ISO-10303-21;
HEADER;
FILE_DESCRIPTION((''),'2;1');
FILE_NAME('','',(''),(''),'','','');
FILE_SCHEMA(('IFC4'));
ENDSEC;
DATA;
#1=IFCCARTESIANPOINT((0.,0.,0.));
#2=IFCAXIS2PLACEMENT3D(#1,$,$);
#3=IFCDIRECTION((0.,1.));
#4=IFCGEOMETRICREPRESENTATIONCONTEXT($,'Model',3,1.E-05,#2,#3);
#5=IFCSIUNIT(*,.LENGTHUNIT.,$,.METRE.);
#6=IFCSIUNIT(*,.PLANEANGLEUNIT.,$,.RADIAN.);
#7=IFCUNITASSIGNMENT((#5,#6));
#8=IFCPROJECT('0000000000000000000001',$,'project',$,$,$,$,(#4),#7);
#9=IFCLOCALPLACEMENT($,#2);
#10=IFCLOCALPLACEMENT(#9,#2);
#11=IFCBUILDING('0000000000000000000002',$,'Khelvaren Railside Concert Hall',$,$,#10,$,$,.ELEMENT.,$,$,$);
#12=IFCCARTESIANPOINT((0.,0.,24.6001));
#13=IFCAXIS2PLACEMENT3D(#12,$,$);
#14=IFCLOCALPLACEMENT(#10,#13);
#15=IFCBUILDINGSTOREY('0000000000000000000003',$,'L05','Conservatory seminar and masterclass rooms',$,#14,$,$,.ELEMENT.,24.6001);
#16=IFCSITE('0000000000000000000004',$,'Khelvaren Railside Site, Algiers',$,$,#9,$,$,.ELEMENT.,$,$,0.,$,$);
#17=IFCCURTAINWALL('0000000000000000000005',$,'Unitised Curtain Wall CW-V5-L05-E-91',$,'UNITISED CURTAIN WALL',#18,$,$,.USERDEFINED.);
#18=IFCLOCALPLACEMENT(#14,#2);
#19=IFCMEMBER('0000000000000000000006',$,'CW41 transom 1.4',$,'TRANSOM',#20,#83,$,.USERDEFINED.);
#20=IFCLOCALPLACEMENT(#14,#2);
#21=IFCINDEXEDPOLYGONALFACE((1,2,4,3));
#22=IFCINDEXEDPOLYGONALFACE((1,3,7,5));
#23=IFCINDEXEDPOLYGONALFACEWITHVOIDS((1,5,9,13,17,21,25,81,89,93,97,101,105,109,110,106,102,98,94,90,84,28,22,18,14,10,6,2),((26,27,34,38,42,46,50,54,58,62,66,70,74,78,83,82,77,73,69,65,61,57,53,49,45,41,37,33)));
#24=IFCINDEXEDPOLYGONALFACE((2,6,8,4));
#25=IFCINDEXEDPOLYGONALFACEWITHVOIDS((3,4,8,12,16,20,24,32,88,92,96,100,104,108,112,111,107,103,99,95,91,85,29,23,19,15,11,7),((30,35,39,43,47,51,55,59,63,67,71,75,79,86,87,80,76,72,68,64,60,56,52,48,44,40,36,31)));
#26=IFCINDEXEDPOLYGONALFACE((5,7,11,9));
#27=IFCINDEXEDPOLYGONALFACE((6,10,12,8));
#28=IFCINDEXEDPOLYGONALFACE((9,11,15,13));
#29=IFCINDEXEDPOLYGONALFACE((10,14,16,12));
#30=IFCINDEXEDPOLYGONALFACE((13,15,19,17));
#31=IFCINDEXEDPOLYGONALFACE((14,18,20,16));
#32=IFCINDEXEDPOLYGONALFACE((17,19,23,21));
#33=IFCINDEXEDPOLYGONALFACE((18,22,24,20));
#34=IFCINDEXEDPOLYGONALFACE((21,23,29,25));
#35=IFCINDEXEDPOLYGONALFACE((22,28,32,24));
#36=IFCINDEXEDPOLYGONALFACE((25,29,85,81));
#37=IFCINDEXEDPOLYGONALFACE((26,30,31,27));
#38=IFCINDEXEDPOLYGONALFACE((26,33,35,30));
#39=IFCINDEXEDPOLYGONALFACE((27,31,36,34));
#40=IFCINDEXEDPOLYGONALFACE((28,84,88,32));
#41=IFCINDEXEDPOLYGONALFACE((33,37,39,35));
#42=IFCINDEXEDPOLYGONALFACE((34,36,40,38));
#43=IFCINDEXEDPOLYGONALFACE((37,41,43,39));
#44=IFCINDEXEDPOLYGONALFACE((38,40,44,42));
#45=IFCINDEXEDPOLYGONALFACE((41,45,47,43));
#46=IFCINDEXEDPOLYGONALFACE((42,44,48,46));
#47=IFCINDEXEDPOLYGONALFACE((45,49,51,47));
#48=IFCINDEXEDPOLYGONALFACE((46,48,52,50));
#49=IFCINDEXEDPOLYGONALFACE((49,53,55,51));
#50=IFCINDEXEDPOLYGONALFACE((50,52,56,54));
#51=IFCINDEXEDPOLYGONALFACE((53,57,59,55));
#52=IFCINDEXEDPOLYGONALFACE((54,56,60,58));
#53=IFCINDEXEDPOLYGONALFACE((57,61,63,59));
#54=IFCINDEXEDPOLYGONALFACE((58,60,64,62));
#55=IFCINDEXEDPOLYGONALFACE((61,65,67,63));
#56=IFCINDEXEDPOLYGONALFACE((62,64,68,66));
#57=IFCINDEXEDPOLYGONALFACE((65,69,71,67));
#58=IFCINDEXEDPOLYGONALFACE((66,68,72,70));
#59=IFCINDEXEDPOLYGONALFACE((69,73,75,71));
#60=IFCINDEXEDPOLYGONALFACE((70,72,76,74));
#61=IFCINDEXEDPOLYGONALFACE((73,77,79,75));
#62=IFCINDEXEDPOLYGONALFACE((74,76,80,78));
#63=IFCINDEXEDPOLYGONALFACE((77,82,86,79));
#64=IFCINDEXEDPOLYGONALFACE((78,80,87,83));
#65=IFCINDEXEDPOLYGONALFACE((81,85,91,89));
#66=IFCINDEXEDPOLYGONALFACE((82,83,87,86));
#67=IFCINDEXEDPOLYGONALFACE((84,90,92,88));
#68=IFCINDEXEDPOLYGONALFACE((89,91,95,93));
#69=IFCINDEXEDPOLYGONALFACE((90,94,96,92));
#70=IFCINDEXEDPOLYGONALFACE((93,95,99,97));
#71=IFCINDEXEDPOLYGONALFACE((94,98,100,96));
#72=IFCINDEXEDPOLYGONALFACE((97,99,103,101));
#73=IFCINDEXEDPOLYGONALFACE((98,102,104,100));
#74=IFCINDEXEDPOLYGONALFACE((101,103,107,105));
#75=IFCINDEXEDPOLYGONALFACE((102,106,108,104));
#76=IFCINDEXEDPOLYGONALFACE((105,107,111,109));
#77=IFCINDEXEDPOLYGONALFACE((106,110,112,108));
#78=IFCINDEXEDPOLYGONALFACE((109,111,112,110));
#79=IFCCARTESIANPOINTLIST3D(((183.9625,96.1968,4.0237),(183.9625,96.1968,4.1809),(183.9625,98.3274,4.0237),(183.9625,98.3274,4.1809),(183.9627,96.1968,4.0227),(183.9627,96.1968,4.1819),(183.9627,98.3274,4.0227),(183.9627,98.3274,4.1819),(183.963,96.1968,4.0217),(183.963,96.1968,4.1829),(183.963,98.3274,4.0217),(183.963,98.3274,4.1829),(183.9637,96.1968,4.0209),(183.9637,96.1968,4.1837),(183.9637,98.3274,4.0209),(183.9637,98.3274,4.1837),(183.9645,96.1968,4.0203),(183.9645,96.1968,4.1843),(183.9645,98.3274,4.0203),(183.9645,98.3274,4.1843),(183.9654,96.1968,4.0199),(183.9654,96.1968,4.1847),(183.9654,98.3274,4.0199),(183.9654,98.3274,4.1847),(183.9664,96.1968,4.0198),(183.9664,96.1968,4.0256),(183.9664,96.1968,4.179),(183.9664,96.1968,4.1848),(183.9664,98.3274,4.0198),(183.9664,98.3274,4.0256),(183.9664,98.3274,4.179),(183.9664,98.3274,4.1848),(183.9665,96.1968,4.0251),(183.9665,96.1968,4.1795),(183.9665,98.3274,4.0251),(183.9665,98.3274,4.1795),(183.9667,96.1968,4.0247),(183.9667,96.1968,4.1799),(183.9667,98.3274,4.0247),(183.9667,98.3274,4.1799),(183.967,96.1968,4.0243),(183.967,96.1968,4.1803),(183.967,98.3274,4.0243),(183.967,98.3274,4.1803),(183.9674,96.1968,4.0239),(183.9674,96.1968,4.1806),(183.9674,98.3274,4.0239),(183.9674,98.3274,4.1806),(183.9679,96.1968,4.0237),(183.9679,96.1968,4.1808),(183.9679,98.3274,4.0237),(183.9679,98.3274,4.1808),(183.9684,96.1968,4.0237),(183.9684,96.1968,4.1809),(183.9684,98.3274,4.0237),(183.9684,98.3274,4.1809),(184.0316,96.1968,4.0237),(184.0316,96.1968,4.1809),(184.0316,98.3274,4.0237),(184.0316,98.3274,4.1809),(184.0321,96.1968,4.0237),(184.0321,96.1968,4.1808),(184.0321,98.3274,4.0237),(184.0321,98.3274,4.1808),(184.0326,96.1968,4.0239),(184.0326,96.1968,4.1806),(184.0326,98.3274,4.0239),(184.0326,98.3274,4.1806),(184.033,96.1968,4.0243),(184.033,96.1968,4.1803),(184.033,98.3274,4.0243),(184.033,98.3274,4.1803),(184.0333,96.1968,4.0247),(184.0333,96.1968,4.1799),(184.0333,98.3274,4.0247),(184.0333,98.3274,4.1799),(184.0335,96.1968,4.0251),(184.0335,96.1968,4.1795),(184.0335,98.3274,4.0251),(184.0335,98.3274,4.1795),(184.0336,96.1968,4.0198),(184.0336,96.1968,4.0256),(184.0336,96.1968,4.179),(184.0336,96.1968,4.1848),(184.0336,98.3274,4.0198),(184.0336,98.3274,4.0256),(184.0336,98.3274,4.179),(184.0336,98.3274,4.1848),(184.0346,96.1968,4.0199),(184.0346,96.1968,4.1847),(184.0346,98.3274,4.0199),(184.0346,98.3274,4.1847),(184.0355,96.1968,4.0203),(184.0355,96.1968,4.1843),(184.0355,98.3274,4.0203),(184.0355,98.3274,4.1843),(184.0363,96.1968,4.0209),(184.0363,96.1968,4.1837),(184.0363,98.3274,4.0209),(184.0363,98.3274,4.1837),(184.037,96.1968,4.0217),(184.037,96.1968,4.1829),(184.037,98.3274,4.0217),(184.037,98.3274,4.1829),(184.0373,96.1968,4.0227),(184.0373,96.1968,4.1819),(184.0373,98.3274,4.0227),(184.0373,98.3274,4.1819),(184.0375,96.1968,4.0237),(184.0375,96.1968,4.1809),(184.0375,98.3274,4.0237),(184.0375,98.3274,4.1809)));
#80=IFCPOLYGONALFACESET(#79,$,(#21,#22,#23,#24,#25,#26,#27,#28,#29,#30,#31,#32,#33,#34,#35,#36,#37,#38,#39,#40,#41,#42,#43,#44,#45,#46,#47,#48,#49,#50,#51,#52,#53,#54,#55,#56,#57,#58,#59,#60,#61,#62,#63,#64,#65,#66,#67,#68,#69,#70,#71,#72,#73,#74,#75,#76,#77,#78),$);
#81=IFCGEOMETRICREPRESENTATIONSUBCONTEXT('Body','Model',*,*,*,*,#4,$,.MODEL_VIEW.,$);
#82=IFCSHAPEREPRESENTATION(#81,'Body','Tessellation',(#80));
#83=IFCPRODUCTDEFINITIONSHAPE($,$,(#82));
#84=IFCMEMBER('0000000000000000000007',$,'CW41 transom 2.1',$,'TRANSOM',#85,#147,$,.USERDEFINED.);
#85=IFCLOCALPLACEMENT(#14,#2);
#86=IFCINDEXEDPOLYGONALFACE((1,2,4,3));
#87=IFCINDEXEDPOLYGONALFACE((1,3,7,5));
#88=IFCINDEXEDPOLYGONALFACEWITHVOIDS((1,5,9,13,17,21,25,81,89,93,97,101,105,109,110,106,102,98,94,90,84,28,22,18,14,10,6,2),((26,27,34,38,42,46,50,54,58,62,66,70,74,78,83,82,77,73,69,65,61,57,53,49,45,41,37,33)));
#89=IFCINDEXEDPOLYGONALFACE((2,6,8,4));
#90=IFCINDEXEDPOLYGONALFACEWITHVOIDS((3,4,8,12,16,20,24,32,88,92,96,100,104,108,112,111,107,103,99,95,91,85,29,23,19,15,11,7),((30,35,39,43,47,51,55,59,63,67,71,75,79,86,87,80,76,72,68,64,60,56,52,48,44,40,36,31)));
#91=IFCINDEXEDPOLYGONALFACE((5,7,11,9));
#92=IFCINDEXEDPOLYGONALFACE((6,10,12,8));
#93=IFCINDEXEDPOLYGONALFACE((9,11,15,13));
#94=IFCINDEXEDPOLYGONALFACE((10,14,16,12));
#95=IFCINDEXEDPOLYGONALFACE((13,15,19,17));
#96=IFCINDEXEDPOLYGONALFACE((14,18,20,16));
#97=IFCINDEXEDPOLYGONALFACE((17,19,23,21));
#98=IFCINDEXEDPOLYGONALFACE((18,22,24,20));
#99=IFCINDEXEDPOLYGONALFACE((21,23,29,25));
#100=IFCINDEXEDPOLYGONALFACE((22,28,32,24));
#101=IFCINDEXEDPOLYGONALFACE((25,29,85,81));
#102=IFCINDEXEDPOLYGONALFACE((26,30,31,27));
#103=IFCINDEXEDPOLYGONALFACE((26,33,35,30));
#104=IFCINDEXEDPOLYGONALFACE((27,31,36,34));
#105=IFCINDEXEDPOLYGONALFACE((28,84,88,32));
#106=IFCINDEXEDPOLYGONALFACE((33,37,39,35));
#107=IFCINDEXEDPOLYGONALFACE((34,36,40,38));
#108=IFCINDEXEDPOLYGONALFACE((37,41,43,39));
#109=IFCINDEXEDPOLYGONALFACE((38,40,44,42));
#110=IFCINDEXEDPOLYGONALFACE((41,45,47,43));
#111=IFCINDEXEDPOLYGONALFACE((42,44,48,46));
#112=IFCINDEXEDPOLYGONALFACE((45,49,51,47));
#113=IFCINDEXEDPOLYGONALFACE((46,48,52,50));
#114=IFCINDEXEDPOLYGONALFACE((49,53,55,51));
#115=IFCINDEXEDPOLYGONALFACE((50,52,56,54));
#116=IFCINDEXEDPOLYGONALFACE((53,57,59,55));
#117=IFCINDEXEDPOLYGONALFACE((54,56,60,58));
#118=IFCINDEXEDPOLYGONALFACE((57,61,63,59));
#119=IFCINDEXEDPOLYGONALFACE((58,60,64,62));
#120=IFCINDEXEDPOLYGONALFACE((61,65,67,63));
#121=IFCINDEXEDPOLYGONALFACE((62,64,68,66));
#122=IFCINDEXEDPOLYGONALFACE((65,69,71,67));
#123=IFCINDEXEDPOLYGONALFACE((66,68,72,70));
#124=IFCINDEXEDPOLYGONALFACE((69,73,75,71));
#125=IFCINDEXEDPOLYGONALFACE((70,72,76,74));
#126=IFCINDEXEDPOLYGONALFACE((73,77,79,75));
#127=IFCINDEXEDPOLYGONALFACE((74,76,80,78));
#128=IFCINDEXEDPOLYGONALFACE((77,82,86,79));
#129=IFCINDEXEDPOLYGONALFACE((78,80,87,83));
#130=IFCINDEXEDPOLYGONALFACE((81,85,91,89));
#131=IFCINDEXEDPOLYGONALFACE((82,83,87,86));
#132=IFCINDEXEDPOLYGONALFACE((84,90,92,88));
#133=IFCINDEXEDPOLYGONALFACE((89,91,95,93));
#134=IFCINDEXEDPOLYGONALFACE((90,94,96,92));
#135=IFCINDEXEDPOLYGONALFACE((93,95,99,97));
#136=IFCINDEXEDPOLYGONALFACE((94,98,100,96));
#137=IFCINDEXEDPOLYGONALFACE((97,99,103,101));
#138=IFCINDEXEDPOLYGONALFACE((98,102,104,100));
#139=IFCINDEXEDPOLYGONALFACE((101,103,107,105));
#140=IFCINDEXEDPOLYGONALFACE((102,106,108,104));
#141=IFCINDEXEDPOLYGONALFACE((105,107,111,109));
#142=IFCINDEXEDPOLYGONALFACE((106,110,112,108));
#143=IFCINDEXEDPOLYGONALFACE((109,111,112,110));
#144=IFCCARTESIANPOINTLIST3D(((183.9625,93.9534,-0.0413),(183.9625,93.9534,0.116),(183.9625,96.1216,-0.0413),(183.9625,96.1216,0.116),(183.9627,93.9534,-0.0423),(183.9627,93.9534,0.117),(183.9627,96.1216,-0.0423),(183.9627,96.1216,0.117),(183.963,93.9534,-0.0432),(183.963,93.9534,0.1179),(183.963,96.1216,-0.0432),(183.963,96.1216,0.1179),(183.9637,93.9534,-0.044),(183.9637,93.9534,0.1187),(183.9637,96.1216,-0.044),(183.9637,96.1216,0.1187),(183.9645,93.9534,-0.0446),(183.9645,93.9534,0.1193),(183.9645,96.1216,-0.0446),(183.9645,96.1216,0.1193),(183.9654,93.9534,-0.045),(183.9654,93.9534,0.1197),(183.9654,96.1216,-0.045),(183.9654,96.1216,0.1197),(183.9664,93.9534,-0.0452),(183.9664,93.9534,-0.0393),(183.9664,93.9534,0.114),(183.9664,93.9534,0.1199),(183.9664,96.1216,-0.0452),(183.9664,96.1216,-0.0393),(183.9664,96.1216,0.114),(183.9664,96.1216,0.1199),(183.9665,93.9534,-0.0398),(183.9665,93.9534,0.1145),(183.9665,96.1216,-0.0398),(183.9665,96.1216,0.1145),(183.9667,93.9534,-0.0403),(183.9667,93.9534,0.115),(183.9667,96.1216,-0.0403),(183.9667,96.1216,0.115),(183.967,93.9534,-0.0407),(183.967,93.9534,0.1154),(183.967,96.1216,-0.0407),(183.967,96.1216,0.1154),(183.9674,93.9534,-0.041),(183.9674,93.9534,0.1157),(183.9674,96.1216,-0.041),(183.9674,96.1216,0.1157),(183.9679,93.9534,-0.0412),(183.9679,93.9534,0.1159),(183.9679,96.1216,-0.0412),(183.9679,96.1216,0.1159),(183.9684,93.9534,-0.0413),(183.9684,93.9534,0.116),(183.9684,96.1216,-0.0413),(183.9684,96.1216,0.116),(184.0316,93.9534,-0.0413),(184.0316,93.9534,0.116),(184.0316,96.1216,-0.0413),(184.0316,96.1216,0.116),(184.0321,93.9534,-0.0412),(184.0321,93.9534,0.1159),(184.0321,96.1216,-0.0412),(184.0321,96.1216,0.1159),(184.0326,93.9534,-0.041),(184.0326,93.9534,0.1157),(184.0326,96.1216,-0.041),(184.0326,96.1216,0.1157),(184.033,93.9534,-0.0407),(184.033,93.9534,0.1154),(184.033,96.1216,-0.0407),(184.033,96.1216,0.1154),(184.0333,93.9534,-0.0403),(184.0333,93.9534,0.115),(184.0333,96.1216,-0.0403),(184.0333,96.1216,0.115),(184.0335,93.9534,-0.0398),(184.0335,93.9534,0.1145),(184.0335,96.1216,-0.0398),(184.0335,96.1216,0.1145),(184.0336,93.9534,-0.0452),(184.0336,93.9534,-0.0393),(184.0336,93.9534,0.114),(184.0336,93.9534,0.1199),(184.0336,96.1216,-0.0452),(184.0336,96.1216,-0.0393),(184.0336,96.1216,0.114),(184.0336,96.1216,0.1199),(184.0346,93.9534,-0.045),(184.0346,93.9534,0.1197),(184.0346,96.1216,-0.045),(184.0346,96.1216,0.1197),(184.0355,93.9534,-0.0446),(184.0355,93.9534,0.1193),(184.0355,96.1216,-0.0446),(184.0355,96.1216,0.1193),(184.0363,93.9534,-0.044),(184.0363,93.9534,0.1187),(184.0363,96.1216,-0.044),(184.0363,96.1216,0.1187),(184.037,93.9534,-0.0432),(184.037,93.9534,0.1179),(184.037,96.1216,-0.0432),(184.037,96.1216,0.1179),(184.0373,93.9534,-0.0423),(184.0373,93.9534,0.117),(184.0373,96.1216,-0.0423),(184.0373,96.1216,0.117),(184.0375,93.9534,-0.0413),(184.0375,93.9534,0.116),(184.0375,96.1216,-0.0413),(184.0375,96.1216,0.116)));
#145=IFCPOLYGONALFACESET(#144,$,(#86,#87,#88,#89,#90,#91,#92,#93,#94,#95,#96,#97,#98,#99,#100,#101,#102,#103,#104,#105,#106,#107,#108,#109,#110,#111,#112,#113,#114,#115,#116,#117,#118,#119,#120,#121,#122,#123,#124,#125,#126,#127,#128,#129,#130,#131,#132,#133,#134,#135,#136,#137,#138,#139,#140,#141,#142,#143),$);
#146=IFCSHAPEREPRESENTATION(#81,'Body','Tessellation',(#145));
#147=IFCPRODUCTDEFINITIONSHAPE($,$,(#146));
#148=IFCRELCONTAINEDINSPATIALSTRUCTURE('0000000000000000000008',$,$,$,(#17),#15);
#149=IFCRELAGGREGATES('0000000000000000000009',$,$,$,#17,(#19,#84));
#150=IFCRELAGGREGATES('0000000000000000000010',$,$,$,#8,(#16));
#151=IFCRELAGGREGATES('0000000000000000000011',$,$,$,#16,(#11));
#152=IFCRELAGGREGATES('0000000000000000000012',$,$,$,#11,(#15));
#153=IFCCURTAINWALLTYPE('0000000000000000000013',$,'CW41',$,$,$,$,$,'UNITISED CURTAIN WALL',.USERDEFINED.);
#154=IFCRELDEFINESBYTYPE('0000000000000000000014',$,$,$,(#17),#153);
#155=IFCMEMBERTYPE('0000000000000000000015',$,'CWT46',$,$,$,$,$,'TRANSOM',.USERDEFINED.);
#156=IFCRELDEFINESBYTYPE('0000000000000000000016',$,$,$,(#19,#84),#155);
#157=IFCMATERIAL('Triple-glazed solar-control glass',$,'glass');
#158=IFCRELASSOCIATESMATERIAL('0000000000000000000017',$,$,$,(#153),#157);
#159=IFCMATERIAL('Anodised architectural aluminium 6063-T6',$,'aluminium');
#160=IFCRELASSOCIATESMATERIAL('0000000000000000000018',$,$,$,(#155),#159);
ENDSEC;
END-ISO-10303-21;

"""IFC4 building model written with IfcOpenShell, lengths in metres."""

from ifc_helpers import new_model, si_unit, direction, frame, origin, origin_2d, place, context, subcontext, project, spatial, hollow_rectangle, extrude, material, material_profile, profile_set, type_object, element, aggregate, save


model = new_model("IFC4")

# Units and contexts
model_context = context("Model", 3, precision=1e-05, world=origin(), true_north=direction((0.0, 1.0)))
body_context = subcontext(model_context, "Body", "Model", "MODEL_VIEW")
ifc_project = project(units=[si_unit("LENGTHUNIT", "METRE"), si_unit("PLANEANGLEUNIT", "RADIAN")], contexts=[model_context])

# Site, building, storey
site_placement = place(None, origin())
site = spatial("IfcSite", under=ifc_project, at=site_placement, Name="Khelvaren Railside Site, Algiers", CompositionType="ELEMENT", RefElevation=0.0)
building_placement = place(site_placement, origin())
building = spatial("IfcBuilding", under=site, at=building_placement, Name="Khelvaren Railside Concert Hall", CompositionType="ELEMENT")
storey_placement = place(building_placement, frame((0.0, 0.0, 24.6001)))
storey = spatial("IfcBuildingStorey", under=building, at=storey_placement, Name="L05", Description="Conservatory seminar and masterclass rooms", CompositionType="ELEMENT", Elevation=24.6001)

# Curtain wall, members
ifc_material_1 = material(Name="Triple-glazed solar-control glass", Category="glass")
curtain_wall_type = type_object("IfcCurtainWallType", Name="CW41", ElementType="UNITISED CURTAIN WALL", PredefinedType="USERDEFINED", material=ifc_material_1)
curtain_wall_placement = place(storey_placement, origin())
curtain_wall = element("IfcCurtainWall", 1, at=curtain_wall_placement, inside=storey, type_object=curtain_wall_type, Name="Unitised Curtain Wall CW-V5-L05-E-91", ObjectType="UNITISED CURTAIN WALL", PredefinedType="USERDEFINED")
ifc_material_2 = material(Name="Anodised architectural aluminium 6063-T6", Category="aluminium")
ifc_material_profile_1 = material_profile(ifc_material_2, hollow_rectangle(XDim=0.075, YDim=0.165, WallThickness=0.0039, InnerFilletRadius=0.002, OuterFilletRadius=0.0039, at=origin_2d()), Name="CWT 75x165x4")
ifc_profile_set_1 = profile_set([ifc_material_profile_1], Name="Anodised architectural aluminium 6063-T6")
member_type_1 = type_object("IfcMemberType", Name="CWT46", ElementType="TRANSOM", PredefinedType="USERDEFINED", material=ifc_profile_set_1)
member_1_placement = place(storey_placement, frame((184.0, 98.3274, 4.1023), z_axis=(0.0, -1.0, 0.0), x_axis=(1.0, 0.0, 0.0)))
member_1 = element("IfcMember", 2, at=member_1_placement, type_object=member_type_1, Name="CW41 transom 1.4", ObjectType="TRANSOM", PredefinedType="USERDEFINED", context=body_context, shape_type="SweptSolid", body=[
    extrude(hollow_rectangle(XDim=0.075, YDim=0.165, WallThickness=0.0039, InnerFilletRadius=0.002, OuterFilletRadius=0.0039, at=origin_2d()), origin(), (0.0, 0.0, 1.0), 2.1306),
])
member_2_placement = place(storey_placement, frame((184.0, 96.1216, 0.0374), z_axis=(0.0, -1.0, 0.0), x_axis=(1.0, 0.0, 0.0)))
member_2 = element("IfcMember", 3, at=member_2_placement, type_object=member_type_1, Name="CW41 transom 2.1", ObjectType="TRANSOM", PredefinedType="USERDEFINED", context=body_context, shape_type="SweptSolid", body=[
    extrude(hollow_rectangle(XDim=0.075, YDim=0.165, WallThickness=0.0039, InnerFilletRadius=0.002, OuterFilletRadius=0.0039, at=origin_2d()), origin(), (0.0, 0.0, 1.0), 2.1682),
])
aggregate(curtain_wall, [member_1, member_2])

save(model, "model.ifc")
